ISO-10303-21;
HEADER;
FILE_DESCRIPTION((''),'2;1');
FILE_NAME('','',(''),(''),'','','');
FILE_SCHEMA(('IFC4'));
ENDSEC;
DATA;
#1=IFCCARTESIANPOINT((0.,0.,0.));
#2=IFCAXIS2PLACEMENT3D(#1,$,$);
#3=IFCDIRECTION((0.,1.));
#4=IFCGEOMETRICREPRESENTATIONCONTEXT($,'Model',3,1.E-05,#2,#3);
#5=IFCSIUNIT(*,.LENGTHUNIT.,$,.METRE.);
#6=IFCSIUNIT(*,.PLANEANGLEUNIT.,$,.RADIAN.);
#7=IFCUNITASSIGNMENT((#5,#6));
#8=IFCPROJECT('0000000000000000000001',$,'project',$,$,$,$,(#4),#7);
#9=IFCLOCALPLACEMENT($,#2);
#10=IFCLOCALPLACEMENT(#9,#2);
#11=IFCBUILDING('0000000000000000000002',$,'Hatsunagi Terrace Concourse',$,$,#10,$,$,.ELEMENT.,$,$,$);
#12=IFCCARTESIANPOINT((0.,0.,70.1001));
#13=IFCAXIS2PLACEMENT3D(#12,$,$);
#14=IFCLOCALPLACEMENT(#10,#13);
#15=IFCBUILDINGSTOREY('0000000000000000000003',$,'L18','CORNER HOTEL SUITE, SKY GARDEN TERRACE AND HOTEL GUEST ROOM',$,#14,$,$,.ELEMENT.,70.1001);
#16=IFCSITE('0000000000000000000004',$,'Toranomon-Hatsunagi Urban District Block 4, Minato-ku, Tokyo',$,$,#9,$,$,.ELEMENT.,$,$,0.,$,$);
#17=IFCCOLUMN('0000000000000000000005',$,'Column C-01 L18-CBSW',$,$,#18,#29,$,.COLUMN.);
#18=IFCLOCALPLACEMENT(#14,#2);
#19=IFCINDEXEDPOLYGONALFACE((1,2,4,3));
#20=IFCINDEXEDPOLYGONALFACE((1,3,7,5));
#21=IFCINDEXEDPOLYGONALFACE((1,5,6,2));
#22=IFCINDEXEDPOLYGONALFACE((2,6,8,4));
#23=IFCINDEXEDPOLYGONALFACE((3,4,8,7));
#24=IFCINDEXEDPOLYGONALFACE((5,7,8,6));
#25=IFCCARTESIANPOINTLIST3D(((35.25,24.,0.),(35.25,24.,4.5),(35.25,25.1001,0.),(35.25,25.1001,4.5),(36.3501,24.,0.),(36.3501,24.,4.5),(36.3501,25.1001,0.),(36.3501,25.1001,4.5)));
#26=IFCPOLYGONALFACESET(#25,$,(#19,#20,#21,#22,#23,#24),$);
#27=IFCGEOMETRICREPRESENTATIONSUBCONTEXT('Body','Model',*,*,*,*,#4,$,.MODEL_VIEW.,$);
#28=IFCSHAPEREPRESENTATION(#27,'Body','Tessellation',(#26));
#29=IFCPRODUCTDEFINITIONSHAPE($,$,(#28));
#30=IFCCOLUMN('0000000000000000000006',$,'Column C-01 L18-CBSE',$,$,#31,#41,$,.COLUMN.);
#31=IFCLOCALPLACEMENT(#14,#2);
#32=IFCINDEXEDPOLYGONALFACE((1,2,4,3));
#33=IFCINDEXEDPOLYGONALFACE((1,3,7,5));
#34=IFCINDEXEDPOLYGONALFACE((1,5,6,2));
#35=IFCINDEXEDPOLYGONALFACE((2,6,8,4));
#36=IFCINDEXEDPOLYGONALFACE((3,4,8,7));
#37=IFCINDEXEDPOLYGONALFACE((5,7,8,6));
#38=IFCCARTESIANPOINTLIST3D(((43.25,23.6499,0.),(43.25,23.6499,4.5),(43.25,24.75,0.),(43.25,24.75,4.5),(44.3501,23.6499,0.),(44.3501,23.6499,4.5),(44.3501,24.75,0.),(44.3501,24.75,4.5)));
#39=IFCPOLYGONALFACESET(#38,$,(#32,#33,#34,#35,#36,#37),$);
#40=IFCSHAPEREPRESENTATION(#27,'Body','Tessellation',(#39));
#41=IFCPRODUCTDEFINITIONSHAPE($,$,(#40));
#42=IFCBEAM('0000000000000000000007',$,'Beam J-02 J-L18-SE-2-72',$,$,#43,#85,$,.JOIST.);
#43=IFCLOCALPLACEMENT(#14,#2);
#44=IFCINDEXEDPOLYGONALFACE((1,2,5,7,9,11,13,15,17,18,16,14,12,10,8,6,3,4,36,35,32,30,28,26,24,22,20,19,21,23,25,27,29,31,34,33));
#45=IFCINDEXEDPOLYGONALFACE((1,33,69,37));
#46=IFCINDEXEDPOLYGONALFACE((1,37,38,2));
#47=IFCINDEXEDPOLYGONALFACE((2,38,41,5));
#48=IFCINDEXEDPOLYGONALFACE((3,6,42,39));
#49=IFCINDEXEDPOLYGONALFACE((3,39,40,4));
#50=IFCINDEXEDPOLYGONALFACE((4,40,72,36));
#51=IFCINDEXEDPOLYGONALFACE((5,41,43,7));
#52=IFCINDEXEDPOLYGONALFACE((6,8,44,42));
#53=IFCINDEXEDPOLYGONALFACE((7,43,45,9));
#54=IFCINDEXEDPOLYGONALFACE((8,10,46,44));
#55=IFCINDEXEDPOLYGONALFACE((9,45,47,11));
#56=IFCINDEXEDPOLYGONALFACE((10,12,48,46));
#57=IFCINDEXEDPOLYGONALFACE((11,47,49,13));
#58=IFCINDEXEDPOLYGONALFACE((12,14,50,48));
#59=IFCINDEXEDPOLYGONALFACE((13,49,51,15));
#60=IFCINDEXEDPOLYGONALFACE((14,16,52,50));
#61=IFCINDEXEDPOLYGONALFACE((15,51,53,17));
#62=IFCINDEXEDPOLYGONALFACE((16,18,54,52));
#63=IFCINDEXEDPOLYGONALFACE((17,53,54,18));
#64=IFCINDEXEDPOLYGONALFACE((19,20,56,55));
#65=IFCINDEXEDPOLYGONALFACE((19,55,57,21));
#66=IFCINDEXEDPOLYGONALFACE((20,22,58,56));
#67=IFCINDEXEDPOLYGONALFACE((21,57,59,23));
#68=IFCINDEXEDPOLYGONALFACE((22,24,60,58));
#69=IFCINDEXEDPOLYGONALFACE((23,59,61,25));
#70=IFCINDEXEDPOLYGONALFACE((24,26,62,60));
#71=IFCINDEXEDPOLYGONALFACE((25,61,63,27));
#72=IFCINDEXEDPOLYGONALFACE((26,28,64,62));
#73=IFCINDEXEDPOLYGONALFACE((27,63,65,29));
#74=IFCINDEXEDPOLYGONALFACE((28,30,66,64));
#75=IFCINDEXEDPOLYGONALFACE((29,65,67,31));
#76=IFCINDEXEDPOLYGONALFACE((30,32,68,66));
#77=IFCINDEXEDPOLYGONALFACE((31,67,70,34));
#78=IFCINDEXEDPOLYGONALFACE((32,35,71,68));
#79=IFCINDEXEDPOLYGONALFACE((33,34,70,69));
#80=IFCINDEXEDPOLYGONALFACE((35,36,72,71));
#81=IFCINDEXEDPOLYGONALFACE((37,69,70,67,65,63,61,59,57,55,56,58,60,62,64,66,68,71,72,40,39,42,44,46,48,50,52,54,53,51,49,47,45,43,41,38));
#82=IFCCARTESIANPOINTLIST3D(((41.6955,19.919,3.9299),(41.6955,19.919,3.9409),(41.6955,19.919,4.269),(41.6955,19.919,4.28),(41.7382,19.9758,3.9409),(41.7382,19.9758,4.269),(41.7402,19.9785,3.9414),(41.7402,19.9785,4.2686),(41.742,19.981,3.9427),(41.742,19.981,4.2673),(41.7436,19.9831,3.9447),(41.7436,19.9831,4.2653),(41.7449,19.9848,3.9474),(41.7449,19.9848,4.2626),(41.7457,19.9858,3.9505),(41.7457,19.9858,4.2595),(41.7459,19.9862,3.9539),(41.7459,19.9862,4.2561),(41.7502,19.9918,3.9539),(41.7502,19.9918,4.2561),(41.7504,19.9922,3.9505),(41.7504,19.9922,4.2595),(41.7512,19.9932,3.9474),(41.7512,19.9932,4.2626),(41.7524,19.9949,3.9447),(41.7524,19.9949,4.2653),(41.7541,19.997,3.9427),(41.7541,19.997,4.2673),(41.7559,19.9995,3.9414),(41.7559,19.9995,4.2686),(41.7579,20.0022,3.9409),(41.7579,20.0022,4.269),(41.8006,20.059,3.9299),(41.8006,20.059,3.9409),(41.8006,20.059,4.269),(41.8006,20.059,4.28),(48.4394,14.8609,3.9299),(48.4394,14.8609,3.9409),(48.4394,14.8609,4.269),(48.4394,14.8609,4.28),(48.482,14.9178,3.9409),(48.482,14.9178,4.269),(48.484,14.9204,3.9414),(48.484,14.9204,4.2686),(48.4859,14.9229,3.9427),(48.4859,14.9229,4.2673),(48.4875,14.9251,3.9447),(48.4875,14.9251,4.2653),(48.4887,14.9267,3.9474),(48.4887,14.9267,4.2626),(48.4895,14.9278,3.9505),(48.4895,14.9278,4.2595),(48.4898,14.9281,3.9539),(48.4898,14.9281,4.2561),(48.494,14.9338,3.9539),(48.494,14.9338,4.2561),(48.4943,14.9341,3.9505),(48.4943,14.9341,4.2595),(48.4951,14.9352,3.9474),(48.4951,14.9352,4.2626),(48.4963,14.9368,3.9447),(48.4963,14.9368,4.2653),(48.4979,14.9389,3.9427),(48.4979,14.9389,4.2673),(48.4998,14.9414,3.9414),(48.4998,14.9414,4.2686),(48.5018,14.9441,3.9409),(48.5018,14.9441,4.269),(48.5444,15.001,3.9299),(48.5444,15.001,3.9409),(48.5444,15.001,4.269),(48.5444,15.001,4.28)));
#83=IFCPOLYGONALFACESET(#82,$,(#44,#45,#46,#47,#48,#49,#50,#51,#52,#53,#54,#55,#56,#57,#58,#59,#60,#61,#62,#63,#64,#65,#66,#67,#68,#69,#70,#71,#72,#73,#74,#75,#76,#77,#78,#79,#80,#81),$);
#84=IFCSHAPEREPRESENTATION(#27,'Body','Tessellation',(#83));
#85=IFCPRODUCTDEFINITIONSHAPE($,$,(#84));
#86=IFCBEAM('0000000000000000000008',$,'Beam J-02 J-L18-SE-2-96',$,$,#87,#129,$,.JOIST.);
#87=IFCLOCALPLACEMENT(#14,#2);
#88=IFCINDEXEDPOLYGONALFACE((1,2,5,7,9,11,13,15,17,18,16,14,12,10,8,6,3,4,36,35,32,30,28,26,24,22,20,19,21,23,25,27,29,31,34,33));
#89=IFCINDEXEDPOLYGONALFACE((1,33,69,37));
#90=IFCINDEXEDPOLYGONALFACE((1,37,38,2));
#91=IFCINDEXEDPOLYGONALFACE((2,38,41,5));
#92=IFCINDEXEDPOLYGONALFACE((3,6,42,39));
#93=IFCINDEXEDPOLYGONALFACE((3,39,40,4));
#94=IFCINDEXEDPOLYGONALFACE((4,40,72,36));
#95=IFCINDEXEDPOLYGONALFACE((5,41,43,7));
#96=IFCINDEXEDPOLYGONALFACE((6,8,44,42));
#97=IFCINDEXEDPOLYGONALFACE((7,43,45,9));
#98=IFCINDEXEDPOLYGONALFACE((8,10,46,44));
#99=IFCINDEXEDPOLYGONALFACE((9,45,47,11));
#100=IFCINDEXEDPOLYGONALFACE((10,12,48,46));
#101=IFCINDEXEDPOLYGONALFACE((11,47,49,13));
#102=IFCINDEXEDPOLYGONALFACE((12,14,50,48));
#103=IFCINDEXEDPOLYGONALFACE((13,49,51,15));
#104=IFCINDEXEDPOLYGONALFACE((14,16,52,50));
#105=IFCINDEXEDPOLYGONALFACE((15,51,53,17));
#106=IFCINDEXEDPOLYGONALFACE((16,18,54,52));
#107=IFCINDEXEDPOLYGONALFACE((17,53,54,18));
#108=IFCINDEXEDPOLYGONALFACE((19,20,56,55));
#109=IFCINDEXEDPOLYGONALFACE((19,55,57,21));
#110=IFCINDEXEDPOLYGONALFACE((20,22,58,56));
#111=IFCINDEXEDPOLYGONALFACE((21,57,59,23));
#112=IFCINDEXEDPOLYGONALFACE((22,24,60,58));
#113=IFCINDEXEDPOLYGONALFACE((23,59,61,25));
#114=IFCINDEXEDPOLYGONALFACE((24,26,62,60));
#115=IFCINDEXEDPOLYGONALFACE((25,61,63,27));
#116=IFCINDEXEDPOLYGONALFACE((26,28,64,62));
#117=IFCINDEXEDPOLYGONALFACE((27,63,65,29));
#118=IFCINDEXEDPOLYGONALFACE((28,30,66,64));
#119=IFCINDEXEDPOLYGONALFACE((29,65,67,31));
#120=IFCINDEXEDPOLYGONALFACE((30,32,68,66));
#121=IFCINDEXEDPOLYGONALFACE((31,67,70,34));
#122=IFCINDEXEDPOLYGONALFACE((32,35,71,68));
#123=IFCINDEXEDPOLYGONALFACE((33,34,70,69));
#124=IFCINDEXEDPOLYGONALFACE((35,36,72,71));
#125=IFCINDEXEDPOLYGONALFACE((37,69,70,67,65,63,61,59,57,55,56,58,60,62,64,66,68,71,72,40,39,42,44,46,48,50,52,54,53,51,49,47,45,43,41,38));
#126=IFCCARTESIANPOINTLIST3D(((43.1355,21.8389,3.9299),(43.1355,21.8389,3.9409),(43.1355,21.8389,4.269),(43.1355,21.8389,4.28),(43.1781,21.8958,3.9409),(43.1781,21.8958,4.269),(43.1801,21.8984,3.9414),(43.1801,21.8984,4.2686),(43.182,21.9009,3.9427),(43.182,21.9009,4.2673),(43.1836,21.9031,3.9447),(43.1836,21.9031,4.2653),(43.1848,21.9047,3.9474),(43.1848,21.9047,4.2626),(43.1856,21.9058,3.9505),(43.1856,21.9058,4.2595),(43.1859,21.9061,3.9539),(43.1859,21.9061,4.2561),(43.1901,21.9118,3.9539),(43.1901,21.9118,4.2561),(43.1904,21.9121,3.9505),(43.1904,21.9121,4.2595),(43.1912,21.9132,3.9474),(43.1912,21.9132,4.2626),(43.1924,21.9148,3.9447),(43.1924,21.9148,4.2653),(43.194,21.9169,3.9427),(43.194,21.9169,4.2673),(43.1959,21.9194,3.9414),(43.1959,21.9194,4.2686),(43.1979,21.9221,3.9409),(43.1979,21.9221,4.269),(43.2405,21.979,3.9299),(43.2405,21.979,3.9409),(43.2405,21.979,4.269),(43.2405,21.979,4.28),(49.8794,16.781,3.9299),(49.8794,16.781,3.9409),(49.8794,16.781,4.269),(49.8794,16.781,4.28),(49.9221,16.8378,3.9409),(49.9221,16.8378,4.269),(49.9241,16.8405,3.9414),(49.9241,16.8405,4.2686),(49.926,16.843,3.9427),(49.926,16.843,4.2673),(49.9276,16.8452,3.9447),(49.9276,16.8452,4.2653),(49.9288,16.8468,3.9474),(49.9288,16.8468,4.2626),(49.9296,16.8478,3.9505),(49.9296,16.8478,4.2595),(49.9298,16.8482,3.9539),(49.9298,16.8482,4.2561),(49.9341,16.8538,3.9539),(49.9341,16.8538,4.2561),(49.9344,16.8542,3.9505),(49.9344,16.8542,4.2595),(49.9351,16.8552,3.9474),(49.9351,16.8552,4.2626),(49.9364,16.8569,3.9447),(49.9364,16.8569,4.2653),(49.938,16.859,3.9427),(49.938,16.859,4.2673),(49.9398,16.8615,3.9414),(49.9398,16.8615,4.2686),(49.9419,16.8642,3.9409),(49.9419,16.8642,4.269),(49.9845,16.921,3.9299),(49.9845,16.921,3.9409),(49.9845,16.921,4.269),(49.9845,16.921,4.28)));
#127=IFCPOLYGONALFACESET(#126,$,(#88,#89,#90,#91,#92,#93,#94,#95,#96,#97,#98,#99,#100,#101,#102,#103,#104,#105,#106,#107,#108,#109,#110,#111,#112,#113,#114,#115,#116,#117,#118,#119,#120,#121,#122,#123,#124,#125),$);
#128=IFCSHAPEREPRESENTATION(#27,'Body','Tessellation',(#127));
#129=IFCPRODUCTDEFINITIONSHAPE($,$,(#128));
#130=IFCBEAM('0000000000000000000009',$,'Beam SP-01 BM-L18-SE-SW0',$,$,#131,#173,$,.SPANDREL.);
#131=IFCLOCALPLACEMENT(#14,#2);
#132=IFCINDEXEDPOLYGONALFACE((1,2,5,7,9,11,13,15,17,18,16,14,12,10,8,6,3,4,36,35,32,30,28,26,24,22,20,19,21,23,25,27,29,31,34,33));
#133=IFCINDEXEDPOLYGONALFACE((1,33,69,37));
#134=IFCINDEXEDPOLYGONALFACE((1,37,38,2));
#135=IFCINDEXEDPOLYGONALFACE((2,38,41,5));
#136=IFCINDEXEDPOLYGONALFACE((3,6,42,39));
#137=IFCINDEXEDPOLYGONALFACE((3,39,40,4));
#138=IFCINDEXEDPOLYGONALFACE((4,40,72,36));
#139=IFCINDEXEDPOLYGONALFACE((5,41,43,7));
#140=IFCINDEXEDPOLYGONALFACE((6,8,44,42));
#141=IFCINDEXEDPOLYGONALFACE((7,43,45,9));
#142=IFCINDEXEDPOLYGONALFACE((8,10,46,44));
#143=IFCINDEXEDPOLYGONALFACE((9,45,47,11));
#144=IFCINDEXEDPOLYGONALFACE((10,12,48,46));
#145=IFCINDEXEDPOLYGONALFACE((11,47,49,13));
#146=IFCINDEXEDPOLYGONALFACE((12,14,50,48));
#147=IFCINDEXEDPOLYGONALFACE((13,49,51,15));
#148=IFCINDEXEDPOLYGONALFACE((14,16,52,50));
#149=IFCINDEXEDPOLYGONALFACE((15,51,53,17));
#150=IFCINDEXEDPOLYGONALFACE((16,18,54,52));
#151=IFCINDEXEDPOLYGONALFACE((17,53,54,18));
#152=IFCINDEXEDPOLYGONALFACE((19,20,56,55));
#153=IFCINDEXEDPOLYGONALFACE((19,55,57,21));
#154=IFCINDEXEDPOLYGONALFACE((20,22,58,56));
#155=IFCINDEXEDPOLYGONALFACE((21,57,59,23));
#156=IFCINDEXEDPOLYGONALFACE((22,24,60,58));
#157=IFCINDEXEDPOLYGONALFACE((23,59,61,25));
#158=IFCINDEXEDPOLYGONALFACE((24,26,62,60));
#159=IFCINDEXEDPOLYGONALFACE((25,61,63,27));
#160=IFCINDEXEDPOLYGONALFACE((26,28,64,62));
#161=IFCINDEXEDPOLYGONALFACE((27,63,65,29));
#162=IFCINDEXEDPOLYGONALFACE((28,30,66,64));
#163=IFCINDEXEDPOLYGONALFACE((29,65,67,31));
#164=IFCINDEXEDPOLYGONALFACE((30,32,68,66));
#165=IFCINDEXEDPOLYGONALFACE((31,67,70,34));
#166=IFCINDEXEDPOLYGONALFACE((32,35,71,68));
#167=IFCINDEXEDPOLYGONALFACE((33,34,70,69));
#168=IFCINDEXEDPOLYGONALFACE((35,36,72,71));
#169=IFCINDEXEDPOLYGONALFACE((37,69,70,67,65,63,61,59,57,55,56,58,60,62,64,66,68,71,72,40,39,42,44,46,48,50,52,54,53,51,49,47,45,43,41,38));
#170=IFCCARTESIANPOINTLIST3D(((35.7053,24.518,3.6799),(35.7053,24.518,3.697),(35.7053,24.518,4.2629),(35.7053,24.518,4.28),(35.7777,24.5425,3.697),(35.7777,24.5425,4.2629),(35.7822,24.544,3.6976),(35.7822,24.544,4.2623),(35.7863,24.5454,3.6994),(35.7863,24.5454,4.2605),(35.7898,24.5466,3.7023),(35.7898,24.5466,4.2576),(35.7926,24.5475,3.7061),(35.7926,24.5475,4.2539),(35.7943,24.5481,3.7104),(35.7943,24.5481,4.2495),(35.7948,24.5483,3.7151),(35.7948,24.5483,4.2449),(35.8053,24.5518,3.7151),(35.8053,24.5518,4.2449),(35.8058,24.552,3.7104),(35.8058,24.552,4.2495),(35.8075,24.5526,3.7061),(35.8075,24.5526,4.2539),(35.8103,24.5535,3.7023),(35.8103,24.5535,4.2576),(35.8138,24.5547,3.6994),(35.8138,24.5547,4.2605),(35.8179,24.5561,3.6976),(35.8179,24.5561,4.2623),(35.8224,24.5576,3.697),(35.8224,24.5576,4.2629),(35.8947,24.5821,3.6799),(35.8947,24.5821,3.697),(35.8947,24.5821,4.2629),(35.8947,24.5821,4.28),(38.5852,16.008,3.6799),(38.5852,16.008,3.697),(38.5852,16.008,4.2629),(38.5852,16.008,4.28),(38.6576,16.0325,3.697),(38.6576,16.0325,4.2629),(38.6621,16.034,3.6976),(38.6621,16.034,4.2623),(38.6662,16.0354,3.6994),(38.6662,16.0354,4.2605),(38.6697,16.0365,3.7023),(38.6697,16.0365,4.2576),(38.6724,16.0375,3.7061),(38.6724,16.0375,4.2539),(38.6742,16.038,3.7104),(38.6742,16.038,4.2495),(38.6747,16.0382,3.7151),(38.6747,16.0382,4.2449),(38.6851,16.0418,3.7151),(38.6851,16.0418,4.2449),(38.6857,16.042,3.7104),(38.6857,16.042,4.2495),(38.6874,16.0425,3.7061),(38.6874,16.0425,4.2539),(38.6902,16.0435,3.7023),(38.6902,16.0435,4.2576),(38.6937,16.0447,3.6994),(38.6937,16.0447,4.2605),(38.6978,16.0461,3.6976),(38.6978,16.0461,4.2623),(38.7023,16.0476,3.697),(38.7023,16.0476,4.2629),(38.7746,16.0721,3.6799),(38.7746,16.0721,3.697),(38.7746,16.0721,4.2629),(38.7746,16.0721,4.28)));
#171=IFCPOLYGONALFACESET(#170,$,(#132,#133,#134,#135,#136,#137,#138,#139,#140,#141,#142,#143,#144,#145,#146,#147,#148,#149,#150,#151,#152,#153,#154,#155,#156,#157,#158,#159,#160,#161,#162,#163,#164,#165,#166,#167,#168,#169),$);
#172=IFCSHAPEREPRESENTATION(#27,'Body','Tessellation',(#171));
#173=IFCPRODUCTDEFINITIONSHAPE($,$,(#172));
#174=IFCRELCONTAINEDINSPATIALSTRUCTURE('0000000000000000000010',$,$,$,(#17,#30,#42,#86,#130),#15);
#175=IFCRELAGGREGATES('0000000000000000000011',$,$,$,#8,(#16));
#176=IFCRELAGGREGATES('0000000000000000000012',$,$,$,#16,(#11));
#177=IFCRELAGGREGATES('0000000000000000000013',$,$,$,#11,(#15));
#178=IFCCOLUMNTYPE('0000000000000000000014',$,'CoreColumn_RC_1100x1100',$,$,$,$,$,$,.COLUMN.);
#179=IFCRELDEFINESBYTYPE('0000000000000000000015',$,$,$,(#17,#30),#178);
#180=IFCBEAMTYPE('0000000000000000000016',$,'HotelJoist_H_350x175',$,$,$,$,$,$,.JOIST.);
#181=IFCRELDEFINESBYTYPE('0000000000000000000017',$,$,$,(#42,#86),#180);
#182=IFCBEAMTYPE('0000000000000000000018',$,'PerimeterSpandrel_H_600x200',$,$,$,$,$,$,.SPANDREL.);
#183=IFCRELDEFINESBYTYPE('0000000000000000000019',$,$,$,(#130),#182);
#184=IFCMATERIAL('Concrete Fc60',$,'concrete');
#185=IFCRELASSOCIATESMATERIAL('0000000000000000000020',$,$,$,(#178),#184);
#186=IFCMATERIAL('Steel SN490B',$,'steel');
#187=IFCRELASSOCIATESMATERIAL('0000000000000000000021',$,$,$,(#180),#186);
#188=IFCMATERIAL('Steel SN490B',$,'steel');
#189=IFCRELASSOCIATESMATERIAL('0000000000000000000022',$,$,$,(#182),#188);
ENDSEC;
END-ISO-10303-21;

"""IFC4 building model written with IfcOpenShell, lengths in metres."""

from ifc_helpers import new_model, si_unit, direction, frame, origin, origin_2d, place, context, subcontext, project, spatial, rectangle, i_section, extrude, material, material_profile, profile_set, type_object, element, save


model = new_model("IFC4")

# Units and contexts
model_context = context("Model", 3, precision=1e-05, world=origin(), true_north=direction((0.0, 1.0)))
body_context = subcontext(model_context, "Body", "Model", "MODEL_VIEW")
ifc_project = project(units=[si_unit("LENGTHUNIT", "METRE"), si_unit("PLANEANGLEUNIT", "RADIAN")], contexts=[model_context])

# Site, building, storey
site_placement = place(None, origin())
site = spatial("IfcSite", under=ifc_project, at=site_placement, Name="Toranomon-Hatsunagi Urban District Block 4, Minato-ku, Tokyo", CompositionType="ELEMENT", RefElevation=0.0)
building_placement = place(site_placement, origin())
building = spatial("IfcBuilding", under=site, at=building_placement, Name="Hatsunagi Terrace Concourse", CompositionType="ELEMENT")
storey_placement = place(building_placement, frame((0.0, 0.0, 70.1001)))
storey = spatial("IfcBuildingStorey", under=building, at=storey_placement, Name="L18", Description="CORNER HOTEL SUITE, SKY GARDEN TERRACE AND HOTEL GUEST ROOM", CompositionType="ELEMENT", Elevation=70.1001)

# Columns
ifc_material_1 = material(Name="Concrete Fc60", Category="concrete")
ifc_material_profile_1 = material_profile(ifc_material_1, rectangle(XDim=1.1001, YDim=1.1001, at=origin_2d()), Name="RC-1100x1100")
ifc_profile_set_1 = profile_set([ifc_material_profile_1], Name="Concrete Fc60")
column_type = type_object("IfcColumnType", Name="CoreColumn_RC_1100x1100", PredefinedType="COLUMN", material=ifc_profile_set_1)
for number, where, z_axis, x_axis, name in (
    (1, (35.8, 24.55, 0.0), (0.0, 0.0, 1.0), (1.0, 0.0, 0.0), "Column C-01 L18-CBSW"),
    (2, (43.8, 24.2, 0.0), (0.0, 0.0, 1.0), (1.0, 0.0, 0.0), "Column C-01 L18-CBSE"),
):
    element("IfcColumn", number, at=place(storey_placement, frame(where, z_axis=z_axis, x_axis=x_axis)), inside=storey, type_object=column_type, Name=name, PredefinedType="COLUMN", context=body_context, shape_type="SweptSolid", body=[
        extrude(rectangle(XDim=1.1001, YDim=1.1001, at=origin_2d()), origin(), (0.0, 0.0, 1.0), 4.5),
    ])

# Beams
ifc_material_2 = material(Name="Steel SN490B", Category="steel")
ifc_material_profile_2 = material_profile(ifc_material_2, i_section(OverallWidth=0.175, OverallDepth=0.3501, WebThickness=0.0071, FlangeThickness=0.011, FilletRadius=0.0129, at=origin_2d()), Name="H-350x175x7x11")
ifc_profile_set_2 = profile_set([ifc_material_profile_2], Name="Steel SN490B")
beam_type_1 = type_object("IfcBeamType", Name="HotelJoist_H_350x175", PredefinedType="JOIST", material=ifc_profile_set_2)
for number, where, z_axis, x_axis, name in (
    (3, (41.748, 19.989, 4.105), (0.79999, -0.600014, 0.0), (0.600014, 0.79999, 0.0), "Beam J-02 J-L18-SE-2-72"),
    (4, (43.188, 21.9089, 4.105), (0.800003, -0.599995, 0.0), (0.599995, 0.800003, 0.0), "Beam J-02 J-L18-SE-2-96"),
):
    element("IfcBeam", number, at=place(storey_placement, frame(where, z_axis=z_axis, x_axis=x_axis)), inside=storey, type_object=beam_type_1, Name=name, PredefinedType="JOIST", context=body_context, shape_type="SweptSolid", body=[
        extrude(i_section(OverallWidth=0.175, OverallDepth=0.3501, WebThickness=0.0071, FlangeThickness=0.011, FilletRadius=0.0129, at=origin_2d()), origin(), (0.0, 0.0, 1.0), 8.4299),
    ])
ifc_material_3 = material(Name="Steel SN490B", Category="steel")
ifc_material_profile_3 = material_profile(ifc_material_3, i_section(OverallWidth=0.2, OverallDepth=0.6001, WebThickness=0.011, FlangeThickness=0.0171, FilletRadius=0.0181, at=origin_2d()), Name="H-600x200x11x17")
ifc_profile_set_3 = profile_set([ifc_material_profile_3], Name="Steel SN490B")
beam_type_2 = type_object("IfcBeamType", Name="PerimeterSpandrel_H_600x200", PredefinedType="SPANDREL", material=ifc_profile_set_3)
beam_1_placement = place(storey_placement, frame((35.8, 24.55, 3.98), z_axis=(0.320553, -0.94723, 0.0), x_axis=(0.94723, 0.320553, 0.0)))
element("IfcBeam", 5, at=beam_1_placement, inside=storey, type_object=beam_type_2, Name="Beam SP-01 BM-L18-SE-SW0", PredefinedType="SPANDREL", context=body_context, shape_type="SweptSolid", body=[
    extrude(i_section(OverallWidth=0.2, OverallDepth=0.6001, WebThickness=0.011, FlangeThickness=0.0171, FilletRadius=0.0181, at=origin_2d()), origin(), (0.0, 0.0, 1.0), 8.9841),
])

save(model, "model.ifc")
